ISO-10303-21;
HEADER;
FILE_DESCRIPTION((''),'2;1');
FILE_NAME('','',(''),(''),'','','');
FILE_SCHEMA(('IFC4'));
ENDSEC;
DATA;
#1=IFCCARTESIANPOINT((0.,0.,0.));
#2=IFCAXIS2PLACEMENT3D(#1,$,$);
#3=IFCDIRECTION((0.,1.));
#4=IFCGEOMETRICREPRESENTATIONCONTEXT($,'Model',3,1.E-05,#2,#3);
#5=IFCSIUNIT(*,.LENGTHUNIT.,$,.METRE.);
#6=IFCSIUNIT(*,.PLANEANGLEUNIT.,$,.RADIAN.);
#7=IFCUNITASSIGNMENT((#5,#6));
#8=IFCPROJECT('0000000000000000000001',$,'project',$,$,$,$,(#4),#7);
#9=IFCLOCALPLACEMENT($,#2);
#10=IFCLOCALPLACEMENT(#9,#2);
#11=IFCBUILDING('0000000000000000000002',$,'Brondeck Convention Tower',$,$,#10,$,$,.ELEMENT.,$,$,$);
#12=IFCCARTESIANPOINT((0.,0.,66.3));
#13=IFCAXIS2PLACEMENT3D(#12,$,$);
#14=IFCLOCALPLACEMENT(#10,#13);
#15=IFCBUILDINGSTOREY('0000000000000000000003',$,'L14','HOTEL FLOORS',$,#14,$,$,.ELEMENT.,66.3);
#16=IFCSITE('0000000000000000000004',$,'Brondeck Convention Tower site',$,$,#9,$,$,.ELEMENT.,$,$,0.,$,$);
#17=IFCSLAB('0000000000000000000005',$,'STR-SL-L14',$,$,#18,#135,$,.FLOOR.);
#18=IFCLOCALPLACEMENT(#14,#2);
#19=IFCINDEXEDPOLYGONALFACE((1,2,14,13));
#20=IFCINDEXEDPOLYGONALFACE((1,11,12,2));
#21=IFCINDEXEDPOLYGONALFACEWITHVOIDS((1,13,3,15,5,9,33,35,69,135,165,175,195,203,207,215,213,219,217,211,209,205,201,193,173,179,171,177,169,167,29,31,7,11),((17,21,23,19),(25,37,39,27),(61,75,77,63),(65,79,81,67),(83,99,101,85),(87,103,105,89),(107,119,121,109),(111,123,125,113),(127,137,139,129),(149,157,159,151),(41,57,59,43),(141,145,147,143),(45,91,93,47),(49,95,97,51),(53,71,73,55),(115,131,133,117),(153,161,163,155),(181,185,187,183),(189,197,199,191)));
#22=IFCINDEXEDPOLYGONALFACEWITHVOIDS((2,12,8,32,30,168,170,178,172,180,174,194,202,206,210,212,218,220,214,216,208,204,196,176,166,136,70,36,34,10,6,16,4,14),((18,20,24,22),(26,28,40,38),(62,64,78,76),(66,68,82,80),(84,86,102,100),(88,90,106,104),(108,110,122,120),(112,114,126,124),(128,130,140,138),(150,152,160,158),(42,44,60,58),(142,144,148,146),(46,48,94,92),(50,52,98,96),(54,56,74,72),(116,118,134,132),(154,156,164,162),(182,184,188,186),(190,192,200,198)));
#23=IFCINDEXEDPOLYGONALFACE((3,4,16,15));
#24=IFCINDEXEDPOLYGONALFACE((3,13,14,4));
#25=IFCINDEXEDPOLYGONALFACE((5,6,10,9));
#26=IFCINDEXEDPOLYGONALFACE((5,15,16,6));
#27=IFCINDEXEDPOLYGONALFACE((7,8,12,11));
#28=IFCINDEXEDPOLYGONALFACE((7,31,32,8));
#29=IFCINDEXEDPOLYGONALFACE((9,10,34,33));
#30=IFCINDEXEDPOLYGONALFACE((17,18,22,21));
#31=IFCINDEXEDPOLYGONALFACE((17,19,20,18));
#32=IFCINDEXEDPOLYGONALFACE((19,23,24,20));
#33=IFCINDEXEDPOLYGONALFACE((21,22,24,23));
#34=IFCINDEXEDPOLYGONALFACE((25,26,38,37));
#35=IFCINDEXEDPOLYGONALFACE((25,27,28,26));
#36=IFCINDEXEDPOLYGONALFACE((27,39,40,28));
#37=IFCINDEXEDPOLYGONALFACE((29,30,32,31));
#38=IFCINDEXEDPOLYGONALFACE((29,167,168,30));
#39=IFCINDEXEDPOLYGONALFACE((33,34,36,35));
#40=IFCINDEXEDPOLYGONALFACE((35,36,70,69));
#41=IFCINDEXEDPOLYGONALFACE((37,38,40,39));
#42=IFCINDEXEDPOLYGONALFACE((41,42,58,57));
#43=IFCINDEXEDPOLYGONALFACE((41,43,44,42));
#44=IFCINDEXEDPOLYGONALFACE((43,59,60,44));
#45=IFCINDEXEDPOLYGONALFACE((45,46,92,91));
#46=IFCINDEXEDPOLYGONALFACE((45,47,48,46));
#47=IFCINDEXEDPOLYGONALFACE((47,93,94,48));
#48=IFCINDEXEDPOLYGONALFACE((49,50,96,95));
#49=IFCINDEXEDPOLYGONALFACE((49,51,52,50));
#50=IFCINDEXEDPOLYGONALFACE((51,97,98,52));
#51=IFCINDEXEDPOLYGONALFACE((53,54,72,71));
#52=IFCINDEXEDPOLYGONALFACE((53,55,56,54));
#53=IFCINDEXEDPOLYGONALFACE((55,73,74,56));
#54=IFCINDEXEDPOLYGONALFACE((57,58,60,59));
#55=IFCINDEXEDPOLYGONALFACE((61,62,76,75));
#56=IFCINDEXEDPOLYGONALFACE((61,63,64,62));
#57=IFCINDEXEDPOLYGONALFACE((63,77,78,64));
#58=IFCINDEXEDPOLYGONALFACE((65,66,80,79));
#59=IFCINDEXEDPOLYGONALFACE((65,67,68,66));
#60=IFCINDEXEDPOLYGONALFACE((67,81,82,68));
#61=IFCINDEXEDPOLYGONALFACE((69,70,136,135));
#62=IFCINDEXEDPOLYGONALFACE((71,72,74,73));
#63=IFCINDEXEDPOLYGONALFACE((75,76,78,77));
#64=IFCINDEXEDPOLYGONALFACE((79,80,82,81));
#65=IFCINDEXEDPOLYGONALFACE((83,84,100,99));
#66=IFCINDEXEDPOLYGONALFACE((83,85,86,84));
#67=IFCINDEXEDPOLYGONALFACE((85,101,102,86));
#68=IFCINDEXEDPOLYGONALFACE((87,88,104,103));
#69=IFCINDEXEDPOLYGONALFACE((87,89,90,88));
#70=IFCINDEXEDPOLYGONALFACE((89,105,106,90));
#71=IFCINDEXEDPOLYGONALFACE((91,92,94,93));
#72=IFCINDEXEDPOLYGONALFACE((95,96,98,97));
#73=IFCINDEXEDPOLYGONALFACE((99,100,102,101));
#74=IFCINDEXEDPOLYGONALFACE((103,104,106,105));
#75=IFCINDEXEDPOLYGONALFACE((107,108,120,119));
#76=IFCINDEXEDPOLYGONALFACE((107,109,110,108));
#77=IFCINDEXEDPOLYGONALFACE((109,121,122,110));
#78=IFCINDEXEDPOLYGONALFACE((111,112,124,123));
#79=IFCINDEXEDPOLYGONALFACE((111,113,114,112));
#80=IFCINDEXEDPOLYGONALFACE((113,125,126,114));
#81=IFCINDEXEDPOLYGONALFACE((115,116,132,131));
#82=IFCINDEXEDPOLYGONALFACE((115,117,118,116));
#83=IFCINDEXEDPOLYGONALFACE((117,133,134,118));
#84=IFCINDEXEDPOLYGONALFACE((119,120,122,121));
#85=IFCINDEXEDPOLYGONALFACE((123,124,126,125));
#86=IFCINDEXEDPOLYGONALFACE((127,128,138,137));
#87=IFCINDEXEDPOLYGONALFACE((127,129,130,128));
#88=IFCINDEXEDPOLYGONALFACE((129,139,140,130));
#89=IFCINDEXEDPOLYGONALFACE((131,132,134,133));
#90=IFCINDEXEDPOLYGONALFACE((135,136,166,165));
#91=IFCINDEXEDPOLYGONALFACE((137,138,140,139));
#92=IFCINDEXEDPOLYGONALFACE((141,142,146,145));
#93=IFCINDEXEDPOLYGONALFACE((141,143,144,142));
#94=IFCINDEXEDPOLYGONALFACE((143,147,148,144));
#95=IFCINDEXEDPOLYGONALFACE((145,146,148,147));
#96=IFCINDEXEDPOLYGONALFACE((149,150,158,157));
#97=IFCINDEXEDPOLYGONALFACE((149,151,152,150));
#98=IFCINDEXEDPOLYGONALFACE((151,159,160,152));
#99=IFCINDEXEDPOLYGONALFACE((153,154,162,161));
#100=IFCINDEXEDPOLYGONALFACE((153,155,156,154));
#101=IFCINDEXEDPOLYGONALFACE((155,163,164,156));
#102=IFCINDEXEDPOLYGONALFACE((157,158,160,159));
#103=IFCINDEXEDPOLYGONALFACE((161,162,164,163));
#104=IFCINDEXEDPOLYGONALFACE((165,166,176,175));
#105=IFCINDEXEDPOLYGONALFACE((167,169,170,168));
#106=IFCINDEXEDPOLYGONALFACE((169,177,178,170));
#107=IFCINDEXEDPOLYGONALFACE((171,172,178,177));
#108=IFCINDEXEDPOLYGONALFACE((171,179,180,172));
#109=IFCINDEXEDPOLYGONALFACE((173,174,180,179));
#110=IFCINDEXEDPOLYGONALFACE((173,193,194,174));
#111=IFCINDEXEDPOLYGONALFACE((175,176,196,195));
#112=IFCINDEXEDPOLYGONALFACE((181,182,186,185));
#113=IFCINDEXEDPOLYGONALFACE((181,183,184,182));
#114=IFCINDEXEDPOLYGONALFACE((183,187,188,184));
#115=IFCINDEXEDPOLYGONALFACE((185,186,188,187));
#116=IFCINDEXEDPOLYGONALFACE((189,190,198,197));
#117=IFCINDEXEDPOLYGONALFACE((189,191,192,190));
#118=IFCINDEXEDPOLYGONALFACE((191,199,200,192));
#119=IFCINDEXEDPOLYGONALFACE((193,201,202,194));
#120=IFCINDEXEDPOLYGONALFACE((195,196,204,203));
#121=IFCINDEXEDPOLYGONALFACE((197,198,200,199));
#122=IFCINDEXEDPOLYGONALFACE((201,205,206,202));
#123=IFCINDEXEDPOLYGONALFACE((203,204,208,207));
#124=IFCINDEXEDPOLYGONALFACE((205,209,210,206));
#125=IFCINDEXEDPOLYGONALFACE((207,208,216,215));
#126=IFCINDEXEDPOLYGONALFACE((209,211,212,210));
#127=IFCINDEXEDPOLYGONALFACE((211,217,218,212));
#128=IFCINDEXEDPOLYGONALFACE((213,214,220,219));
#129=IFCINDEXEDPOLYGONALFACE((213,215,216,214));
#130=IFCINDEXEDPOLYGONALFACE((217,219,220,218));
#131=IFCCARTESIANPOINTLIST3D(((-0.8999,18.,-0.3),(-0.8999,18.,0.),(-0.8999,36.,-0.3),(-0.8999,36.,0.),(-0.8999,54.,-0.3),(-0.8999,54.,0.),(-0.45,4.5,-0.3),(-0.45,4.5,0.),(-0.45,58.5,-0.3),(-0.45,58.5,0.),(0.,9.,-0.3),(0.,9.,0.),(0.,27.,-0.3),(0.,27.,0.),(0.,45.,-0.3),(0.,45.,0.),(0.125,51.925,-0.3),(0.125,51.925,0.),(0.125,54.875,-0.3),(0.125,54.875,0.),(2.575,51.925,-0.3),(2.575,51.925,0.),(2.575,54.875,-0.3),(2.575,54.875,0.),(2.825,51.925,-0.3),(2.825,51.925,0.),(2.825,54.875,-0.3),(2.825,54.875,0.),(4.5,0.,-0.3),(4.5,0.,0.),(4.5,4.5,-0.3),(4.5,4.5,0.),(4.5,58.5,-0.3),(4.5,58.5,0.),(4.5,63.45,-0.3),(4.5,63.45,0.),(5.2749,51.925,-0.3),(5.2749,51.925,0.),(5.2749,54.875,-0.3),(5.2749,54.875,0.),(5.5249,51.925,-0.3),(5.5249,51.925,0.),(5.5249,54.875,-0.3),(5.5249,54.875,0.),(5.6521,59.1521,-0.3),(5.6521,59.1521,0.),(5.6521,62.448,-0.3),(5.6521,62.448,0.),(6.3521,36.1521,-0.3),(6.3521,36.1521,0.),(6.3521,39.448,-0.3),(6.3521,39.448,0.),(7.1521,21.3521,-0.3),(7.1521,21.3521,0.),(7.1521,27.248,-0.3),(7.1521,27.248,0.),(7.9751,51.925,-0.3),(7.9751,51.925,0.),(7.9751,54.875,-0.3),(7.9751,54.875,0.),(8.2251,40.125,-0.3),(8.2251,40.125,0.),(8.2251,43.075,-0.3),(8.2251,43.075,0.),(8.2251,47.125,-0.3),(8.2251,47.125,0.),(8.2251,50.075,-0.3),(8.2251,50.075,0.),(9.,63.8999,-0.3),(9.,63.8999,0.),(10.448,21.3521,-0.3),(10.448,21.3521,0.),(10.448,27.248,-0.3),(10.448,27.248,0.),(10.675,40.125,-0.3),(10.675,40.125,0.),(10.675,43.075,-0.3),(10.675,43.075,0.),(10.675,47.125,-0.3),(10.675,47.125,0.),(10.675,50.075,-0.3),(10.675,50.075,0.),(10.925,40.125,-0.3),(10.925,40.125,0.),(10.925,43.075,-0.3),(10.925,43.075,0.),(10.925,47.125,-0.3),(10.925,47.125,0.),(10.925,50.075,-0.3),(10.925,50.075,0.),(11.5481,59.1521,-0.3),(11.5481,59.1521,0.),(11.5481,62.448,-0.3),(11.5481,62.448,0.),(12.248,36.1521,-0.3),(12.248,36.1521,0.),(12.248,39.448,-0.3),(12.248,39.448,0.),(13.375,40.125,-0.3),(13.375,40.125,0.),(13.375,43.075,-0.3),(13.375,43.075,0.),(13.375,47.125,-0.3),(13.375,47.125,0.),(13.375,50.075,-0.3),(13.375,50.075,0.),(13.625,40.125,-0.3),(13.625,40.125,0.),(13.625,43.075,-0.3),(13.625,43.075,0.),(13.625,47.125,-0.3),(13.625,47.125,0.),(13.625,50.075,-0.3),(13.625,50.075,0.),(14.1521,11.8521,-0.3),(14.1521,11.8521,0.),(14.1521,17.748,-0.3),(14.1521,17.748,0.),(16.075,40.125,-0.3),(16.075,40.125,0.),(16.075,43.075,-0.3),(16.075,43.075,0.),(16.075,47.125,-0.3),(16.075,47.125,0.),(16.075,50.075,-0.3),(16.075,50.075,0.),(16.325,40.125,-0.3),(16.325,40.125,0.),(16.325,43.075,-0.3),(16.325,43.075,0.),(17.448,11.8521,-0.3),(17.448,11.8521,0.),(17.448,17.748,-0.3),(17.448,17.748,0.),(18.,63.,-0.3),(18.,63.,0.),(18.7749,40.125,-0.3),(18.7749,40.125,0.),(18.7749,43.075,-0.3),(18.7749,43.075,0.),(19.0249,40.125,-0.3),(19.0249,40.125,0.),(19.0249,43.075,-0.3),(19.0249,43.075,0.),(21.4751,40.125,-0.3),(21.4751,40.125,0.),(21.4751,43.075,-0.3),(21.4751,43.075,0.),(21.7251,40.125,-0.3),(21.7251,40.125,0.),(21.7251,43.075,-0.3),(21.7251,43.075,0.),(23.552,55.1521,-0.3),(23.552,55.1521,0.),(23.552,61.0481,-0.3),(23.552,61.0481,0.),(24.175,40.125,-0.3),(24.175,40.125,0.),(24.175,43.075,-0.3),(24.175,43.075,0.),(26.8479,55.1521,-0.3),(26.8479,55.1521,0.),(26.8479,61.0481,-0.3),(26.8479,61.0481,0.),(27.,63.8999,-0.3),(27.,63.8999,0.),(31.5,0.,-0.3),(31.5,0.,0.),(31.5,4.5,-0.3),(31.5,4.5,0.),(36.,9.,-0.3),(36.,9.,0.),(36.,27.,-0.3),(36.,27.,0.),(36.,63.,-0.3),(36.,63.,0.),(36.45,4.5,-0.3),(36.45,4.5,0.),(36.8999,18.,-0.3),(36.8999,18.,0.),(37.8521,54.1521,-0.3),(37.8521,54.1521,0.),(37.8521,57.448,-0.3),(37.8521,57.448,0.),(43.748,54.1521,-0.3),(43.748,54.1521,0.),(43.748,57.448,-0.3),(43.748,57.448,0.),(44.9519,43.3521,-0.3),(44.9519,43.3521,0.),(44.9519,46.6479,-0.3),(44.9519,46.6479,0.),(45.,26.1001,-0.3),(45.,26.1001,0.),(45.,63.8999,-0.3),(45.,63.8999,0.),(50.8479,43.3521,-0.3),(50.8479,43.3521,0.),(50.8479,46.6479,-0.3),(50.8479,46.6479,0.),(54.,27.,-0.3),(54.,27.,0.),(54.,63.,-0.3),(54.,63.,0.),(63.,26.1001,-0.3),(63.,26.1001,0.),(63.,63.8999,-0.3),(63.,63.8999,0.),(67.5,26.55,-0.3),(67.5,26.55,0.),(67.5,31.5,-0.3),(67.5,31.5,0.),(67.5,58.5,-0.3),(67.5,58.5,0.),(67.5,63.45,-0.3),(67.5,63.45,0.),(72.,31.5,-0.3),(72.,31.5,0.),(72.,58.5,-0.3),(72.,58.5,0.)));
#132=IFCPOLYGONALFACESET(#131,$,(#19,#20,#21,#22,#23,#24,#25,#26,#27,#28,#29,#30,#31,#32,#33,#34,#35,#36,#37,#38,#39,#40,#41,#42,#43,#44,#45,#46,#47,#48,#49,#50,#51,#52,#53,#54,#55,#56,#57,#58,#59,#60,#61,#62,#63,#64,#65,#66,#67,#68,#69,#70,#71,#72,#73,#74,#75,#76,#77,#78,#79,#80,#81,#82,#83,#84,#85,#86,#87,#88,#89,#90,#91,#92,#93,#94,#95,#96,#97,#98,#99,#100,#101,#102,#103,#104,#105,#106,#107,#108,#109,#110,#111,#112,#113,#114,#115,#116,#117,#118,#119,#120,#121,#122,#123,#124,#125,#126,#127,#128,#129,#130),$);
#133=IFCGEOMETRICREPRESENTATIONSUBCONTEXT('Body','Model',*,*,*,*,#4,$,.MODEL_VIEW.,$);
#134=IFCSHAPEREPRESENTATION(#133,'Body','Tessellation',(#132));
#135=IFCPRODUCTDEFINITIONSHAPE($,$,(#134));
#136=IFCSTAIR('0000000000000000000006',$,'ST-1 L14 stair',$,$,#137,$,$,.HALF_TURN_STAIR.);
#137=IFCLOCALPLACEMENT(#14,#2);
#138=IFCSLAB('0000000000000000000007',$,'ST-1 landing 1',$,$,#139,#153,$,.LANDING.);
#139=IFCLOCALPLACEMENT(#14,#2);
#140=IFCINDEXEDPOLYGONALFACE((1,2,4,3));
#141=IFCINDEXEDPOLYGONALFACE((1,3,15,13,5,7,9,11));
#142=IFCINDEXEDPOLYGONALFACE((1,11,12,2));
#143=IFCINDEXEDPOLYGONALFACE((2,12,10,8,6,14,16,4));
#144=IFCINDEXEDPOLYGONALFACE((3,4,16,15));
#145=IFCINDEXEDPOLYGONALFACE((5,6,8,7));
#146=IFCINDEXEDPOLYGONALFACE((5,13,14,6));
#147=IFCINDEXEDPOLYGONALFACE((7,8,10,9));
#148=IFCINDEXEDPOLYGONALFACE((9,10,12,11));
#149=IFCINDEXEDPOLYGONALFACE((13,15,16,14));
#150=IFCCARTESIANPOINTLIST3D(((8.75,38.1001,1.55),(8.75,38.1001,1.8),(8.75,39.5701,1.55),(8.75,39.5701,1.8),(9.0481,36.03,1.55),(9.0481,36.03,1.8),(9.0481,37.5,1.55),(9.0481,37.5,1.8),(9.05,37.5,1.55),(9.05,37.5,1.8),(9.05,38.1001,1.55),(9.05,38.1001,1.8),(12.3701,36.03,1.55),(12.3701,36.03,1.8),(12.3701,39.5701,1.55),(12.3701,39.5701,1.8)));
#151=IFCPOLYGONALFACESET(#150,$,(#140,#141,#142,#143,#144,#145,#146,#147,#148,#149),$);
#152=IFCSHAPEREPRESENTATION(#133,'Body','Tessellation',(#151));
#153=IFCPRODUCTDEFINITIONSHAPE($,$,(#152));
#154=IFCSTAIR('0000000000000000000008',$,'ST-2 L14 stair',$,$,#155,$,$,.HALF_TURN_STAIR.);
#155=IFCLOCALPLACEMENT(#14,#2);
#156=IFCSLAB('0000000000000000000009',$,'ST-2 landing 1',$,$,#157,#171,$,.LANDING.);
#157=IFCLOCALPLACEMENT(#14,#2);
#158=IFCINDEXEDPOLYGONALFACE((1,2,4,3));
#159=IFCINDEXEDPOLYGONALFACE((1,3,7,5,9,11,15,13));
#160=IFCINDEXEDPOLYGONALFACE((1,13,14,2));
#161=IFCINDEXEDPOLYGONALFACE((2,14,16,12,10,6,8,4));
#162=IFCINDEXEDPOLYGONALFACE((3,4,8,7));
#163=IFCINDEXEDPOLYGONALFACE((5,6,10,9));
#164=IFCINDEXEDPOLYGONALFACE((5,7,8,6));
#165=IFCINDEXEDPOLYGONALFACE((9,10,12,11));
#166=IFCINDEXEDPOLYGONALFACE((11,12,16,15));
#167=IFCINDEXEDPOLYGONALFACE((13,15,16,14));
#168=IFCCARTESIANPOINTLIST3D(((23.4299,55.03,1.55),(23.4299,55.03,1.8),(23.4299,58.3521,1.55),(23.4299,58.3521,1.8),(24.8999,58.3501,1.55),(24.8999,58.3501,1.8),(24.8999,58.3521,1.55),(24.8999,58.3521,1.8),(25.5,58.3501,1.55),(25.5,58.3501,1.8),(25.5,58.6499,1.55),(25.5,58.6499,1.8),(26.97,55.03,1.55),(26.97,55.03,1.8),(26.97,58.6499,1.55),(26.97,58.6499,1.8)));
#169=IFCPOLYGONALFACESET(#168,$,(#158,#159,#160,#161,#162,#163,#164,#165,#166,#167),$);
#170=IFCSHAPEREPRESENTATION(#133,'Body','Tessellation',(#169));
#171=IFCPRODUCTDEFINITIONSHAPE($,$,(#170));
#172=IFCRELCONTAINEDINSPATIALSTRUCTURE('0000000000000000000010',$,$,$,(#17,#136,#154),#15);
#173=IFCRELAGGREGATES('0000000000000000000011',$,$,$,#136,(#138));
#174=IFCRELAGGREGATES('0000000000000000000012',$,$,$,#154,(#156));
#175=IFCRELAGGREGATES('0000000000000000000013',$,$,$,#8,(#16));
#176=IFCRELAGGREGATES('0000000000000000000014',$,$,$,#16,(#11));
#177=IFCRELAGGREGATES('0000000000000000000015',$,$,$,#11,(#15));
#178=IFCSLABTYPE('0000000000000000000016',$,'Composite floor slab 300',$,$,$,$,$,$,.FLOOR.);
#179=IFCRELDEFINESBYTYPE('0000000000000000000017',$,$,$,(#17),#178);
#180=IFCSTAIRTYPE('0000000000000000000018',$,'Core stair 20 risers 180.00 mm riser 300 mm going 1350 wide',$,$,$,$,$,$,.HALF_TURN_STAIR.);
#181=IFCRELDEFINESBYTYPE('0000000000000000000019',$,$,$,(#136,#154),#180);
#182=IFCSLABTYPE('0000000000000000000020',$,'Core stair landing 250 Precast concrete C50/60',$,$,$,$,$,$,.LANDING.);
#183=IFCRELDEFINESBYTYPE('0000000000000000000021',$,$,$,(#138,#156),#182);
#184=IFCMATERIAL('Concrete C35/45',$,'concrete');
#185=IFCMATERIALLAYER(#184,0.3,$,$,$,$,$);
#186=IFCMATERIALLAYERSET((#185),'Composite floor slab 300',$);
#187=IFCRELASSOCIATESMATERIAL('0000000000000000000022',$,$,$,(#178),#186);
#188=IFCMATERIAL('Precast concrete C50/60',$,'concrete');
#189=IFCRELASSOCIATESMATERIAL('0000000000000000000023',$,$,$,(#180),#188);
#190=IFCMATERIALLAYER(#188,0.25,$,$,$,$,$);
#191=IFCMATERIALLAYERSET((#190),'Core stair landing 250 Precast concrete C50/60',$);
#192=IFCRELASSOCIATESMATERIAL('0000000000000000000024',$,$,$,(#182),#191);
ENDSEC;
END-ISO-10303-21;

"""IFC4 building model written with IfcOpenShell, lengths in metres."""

from ifc_helpers import new_model, si_unit, direction, frame, origin, place, context, subcontext, project, spatial, polyline, outline, extrude, material, layer, layer_set, type_object, element, aggregate, save


model = new_model("IFC4")

# Units and contexts
model_context = context("Model", 3, precision=1e-05, world=origin(), true_north=direction((0.0, 1.0)))
body_context = subcontext(model_context, "Body", "Model", "MODEL_VIEW")
ifc_project = project(units=[si_unit("LENGTHUNIT", "METRE"), si_unit("PLANEANGLEUNIT", "RADIAN")], contexts=[model_context])

# Site, building, storey
site_placement = place(None, origin())
site = spatial("IfcSite", under=ifc_project, at=site_placement, Name="Brondeck Convention Tower site", CompositionType="ELEMENT", RefElevation=0.0)
building_placement = place(site_placement, origin())
building = spatial("IfcBuilding", under=site, at=building_placement, Name="Brondeck Convention Tower", CompositionType="ELEMENT")
storey_placement = place(building_placement, frame((0.0, 0.0, 66.3)))
storey = spatial("IfcBuildingStorey", under=building, at=storey_placement, Name="L14", Description="HOTEL FLOORS", CompositionType="ELEMENT", Elevation=66.3)

# Slab
ifc_material_1 = material(Name="Concrete C35/45", Category="concrete")
ifc_layer_1 = layer(ifc_material_1, 0.3)
ifc_layer_set_1 = layer_set([ifc_layer_1], Name="Composite floor slab 300")
slab_type_1 = type_object("IfcSlabType", Name="Composite floor slab 300", PredefinedType="FLOOR", material=ifc_layer_set_1)
slab_1_placement = place(storey_placement, frame((0.0, 0.0, -0.3)))
element("IfcSlab", 1, at=slab_1_placement, inside=storey, type_object=slab_type_1, Name="STR-SL-L14", PredefinedType="FLOOR", context=body_context, shape_type="SweptSolid", body=[
    extrude(outline(polyline([(4.5, 4.5), (-0.45, 4.5), (0.0, 9.0), (-0.8999, 18.0), (0.0, 27.0), (-0.8999, 36.0), (0.0, 45.0), (-0.8999, 54.0), (-0.45, 58.5), (4.5, 58.5), (4.5, 63.45), (9.0, 63.8999), (18.0, 63.0), (27.0, 63.8999), (36.0, 63.0), (45.0, 63.8999), (54.0, 63.0), (63.0, 63.8999), (67.5, 63.45), (67.5, 58.5), (72.0, 58.5), (72.0, 31.5), (67.5, 31.5), (67.5, 26.55), (63.0, 26.1001), (54.0, 27.0), (45.0, 26.1001), (36.0, 27.0), (36.8999, 18.0), (36.0, 9.0), (36.45, 4.5), (31.5, 4.5), (31.5, 0.0), (4.5, 0.0), (4.5, 4.5)]), holes=[polyline([(10.448, 27.248), (7.1521, 27.248), (7.1521, 21.3521), (10.448, 21.3521), (10.448, 27.248)]), polyline([(12.248, 36.1521), (12.248, 39.448), (6.3521, 39.448), (6.3521, 36.1521), (12.248, 36.1521)]), polyline([(10.675, 40.125), (10.675, 43.075), (8.2251, 43.075), (8.2251, 40.125), (10.675, 40.125)]), polyline([(13.375, 40.125), (13.375, 43.075), (10.925, 43.075), (10.925, 40.125), (13.375, 40.125)]), polyline([(10.675, 47.125), (10.675, 50.075), (8.2251, 50.075), (8.2251, 47.125), (10.675, 47.125)]), polyline([(13.375, 47.125), (13.375, 50.075), (10.925, 50.075), (10.925, 47.125), (13.375, 47.125)]), polyline([(2.575, 51.925), (2.575, 54.875), (0.125, 54.875), (0.125, 51.925), (2.575, 51.925)]), polyline([(2.825, 51.925), (5.2749, 51.925), (5.2749, 54.875), (2.825, 54.875), (2.825, 51.925)]), polyline([(5.5249, 51.925), (7.9751, 51.925), (7.9751, 54.875), (5.5249, 54.875), (5.5249, 51.925)]), polyline([(5.6521, 62.448), (5.6521, 59.1521), (11.5481, 59.1521), (11.5481, 62.448), (5.6521, 62.448)]), polyline([(17.448, 17.748), (14.1521, 17.748), (14.1521, 11.8521), (17.448, 11.8521), (17.448, 17.748)]), polyline([(16.075, 40.125), (16.075, 43.075), (13.625, 43.075), (13.625, 40.125), (16.075, 40.125)]), polyline([(16.325, 40.125), (18.7749, 40.125), (18.7749, 43.075), (16.325, 43.075), (16.325, 40.125)]), polyline([(19.0249, 40.125), (21.4751, 40.125), (21.4751, 43.075), (19.0249, 43.075), (19.0249, 40.125)]), polyline([(24.175, 40.125), (24.175, 43.075), (21.7251, 43.075), (21.7251, 40.125), (24.175, 40.125)]), polyline([(50.8479, 43.3521), (50.8479, 46.6479), (44.9519, 46.6479), (44.9519, 43.3521), (50.8479, 43.3521)]), polyline([(16.075, 47.125), (16.075, 50.075), (13.625, 50.075), (13.625, 47.125), (16.075, 47.125)]), polyline([(37.8521, 54.1521), (43.748, 54.1521), (43.748, 57.448), (37.8521, 57.448), (37.8521, 54.1521)]), polyline([(23.552, 61.0481), (23.552, 55.1521), (26.8479, 55.1521), (26.8479, 61.0481), (23.552, 61.0481)])]), origin(), (0.0, 0.0, 1.0), 0.3),
])

# Stairs, slabs
ifc_material_2 = material(Name="Precast concrete C50/60", Category="concrete")
stair_type = type_object("IfcStairType", Name="Core stair 20 risers 180.00 mm riser 300 mm going 1350 wide", PredefinedType="HALF_TURN_STAIR", material=ifc_material_2)
stair_1_placement = place(storey_placement, origin())
stair_1 = element("IfcStair", 2, at=stair_1_placement, inside=storey, type_object=stair_type, Name="ST-1 L14 stair", PredefinedType="HALF_TURN_STAIR")
ifc_layer_2 = layer(ifc_material_2, 0.25)
ifc_layer_set_2 = layer_set([ifc_layer_2], Name="Core stair landing 250 Precast concrete C50/60")
slab_type_2 = type_object("IfcSlabType", Name="Core stair landing 250 Precast concrete C50/60", PredefinedType="LANDING", material=ifc_layer_set_2)
slab_2_placement = place(storey_placement, frame((0.0, 0.0, 1.55)))
slab_2 = element("IfcSlab", 3, at=slab_2_placement, type_object=slab_type_2, Name="ST-1 landing 1", PredefinedType="LANDING", context=body_context, shape_type="SweptSolid", body=[
    extrude(outline(polyline([(9.0481, 37.5), (9.05, 37.5), (9.05, 38.1001), (8.75, 38.1001), (8.75, 39.5701), (12.3701, 39.5701), (12.3701, 36.03), (9.0481, 36.03), (9.0481, 37.5)])), origin(), (0.0, 0.0, 1.0), 0.25),
])
aggregate(stair_1, [slab_2])
stair_2_placement = place(storey_placement, origin())
stair_2 = element("IfcStair", 4, at=stair_2_placement, inside=storey, type_object=stair_type, Name="ST-2 L14 stair", PredefinedType="HALF_TURN_STAIR")
slab_3_placement = place(storey_placement, frame((0.0, 0.0, 1.55)))
slab_3 = element("IfcSlab", 5, at=slab_3_placement, type_object=slab_type_2, Name="ST-2 landing 1", PredefinedType="LANDING", context=body_context, shape_type="SweptSolid", body=[
    extrude(outline(polyline([(23.4299, 58.3521), (24.8999, 58.3521), (24.8999, 58.3501), (25.5, 58.3501), (25.5, 58.6499), (26.97, 58.6499), (26.97, 55.03), (23.4299, 55.03), (23.4299, 58.3521)])), origin(), (0.0, 0.0, 1.0), 0.25),
])
aggregate(stair_2, [slab_3])

save(model, "model.ifc")
